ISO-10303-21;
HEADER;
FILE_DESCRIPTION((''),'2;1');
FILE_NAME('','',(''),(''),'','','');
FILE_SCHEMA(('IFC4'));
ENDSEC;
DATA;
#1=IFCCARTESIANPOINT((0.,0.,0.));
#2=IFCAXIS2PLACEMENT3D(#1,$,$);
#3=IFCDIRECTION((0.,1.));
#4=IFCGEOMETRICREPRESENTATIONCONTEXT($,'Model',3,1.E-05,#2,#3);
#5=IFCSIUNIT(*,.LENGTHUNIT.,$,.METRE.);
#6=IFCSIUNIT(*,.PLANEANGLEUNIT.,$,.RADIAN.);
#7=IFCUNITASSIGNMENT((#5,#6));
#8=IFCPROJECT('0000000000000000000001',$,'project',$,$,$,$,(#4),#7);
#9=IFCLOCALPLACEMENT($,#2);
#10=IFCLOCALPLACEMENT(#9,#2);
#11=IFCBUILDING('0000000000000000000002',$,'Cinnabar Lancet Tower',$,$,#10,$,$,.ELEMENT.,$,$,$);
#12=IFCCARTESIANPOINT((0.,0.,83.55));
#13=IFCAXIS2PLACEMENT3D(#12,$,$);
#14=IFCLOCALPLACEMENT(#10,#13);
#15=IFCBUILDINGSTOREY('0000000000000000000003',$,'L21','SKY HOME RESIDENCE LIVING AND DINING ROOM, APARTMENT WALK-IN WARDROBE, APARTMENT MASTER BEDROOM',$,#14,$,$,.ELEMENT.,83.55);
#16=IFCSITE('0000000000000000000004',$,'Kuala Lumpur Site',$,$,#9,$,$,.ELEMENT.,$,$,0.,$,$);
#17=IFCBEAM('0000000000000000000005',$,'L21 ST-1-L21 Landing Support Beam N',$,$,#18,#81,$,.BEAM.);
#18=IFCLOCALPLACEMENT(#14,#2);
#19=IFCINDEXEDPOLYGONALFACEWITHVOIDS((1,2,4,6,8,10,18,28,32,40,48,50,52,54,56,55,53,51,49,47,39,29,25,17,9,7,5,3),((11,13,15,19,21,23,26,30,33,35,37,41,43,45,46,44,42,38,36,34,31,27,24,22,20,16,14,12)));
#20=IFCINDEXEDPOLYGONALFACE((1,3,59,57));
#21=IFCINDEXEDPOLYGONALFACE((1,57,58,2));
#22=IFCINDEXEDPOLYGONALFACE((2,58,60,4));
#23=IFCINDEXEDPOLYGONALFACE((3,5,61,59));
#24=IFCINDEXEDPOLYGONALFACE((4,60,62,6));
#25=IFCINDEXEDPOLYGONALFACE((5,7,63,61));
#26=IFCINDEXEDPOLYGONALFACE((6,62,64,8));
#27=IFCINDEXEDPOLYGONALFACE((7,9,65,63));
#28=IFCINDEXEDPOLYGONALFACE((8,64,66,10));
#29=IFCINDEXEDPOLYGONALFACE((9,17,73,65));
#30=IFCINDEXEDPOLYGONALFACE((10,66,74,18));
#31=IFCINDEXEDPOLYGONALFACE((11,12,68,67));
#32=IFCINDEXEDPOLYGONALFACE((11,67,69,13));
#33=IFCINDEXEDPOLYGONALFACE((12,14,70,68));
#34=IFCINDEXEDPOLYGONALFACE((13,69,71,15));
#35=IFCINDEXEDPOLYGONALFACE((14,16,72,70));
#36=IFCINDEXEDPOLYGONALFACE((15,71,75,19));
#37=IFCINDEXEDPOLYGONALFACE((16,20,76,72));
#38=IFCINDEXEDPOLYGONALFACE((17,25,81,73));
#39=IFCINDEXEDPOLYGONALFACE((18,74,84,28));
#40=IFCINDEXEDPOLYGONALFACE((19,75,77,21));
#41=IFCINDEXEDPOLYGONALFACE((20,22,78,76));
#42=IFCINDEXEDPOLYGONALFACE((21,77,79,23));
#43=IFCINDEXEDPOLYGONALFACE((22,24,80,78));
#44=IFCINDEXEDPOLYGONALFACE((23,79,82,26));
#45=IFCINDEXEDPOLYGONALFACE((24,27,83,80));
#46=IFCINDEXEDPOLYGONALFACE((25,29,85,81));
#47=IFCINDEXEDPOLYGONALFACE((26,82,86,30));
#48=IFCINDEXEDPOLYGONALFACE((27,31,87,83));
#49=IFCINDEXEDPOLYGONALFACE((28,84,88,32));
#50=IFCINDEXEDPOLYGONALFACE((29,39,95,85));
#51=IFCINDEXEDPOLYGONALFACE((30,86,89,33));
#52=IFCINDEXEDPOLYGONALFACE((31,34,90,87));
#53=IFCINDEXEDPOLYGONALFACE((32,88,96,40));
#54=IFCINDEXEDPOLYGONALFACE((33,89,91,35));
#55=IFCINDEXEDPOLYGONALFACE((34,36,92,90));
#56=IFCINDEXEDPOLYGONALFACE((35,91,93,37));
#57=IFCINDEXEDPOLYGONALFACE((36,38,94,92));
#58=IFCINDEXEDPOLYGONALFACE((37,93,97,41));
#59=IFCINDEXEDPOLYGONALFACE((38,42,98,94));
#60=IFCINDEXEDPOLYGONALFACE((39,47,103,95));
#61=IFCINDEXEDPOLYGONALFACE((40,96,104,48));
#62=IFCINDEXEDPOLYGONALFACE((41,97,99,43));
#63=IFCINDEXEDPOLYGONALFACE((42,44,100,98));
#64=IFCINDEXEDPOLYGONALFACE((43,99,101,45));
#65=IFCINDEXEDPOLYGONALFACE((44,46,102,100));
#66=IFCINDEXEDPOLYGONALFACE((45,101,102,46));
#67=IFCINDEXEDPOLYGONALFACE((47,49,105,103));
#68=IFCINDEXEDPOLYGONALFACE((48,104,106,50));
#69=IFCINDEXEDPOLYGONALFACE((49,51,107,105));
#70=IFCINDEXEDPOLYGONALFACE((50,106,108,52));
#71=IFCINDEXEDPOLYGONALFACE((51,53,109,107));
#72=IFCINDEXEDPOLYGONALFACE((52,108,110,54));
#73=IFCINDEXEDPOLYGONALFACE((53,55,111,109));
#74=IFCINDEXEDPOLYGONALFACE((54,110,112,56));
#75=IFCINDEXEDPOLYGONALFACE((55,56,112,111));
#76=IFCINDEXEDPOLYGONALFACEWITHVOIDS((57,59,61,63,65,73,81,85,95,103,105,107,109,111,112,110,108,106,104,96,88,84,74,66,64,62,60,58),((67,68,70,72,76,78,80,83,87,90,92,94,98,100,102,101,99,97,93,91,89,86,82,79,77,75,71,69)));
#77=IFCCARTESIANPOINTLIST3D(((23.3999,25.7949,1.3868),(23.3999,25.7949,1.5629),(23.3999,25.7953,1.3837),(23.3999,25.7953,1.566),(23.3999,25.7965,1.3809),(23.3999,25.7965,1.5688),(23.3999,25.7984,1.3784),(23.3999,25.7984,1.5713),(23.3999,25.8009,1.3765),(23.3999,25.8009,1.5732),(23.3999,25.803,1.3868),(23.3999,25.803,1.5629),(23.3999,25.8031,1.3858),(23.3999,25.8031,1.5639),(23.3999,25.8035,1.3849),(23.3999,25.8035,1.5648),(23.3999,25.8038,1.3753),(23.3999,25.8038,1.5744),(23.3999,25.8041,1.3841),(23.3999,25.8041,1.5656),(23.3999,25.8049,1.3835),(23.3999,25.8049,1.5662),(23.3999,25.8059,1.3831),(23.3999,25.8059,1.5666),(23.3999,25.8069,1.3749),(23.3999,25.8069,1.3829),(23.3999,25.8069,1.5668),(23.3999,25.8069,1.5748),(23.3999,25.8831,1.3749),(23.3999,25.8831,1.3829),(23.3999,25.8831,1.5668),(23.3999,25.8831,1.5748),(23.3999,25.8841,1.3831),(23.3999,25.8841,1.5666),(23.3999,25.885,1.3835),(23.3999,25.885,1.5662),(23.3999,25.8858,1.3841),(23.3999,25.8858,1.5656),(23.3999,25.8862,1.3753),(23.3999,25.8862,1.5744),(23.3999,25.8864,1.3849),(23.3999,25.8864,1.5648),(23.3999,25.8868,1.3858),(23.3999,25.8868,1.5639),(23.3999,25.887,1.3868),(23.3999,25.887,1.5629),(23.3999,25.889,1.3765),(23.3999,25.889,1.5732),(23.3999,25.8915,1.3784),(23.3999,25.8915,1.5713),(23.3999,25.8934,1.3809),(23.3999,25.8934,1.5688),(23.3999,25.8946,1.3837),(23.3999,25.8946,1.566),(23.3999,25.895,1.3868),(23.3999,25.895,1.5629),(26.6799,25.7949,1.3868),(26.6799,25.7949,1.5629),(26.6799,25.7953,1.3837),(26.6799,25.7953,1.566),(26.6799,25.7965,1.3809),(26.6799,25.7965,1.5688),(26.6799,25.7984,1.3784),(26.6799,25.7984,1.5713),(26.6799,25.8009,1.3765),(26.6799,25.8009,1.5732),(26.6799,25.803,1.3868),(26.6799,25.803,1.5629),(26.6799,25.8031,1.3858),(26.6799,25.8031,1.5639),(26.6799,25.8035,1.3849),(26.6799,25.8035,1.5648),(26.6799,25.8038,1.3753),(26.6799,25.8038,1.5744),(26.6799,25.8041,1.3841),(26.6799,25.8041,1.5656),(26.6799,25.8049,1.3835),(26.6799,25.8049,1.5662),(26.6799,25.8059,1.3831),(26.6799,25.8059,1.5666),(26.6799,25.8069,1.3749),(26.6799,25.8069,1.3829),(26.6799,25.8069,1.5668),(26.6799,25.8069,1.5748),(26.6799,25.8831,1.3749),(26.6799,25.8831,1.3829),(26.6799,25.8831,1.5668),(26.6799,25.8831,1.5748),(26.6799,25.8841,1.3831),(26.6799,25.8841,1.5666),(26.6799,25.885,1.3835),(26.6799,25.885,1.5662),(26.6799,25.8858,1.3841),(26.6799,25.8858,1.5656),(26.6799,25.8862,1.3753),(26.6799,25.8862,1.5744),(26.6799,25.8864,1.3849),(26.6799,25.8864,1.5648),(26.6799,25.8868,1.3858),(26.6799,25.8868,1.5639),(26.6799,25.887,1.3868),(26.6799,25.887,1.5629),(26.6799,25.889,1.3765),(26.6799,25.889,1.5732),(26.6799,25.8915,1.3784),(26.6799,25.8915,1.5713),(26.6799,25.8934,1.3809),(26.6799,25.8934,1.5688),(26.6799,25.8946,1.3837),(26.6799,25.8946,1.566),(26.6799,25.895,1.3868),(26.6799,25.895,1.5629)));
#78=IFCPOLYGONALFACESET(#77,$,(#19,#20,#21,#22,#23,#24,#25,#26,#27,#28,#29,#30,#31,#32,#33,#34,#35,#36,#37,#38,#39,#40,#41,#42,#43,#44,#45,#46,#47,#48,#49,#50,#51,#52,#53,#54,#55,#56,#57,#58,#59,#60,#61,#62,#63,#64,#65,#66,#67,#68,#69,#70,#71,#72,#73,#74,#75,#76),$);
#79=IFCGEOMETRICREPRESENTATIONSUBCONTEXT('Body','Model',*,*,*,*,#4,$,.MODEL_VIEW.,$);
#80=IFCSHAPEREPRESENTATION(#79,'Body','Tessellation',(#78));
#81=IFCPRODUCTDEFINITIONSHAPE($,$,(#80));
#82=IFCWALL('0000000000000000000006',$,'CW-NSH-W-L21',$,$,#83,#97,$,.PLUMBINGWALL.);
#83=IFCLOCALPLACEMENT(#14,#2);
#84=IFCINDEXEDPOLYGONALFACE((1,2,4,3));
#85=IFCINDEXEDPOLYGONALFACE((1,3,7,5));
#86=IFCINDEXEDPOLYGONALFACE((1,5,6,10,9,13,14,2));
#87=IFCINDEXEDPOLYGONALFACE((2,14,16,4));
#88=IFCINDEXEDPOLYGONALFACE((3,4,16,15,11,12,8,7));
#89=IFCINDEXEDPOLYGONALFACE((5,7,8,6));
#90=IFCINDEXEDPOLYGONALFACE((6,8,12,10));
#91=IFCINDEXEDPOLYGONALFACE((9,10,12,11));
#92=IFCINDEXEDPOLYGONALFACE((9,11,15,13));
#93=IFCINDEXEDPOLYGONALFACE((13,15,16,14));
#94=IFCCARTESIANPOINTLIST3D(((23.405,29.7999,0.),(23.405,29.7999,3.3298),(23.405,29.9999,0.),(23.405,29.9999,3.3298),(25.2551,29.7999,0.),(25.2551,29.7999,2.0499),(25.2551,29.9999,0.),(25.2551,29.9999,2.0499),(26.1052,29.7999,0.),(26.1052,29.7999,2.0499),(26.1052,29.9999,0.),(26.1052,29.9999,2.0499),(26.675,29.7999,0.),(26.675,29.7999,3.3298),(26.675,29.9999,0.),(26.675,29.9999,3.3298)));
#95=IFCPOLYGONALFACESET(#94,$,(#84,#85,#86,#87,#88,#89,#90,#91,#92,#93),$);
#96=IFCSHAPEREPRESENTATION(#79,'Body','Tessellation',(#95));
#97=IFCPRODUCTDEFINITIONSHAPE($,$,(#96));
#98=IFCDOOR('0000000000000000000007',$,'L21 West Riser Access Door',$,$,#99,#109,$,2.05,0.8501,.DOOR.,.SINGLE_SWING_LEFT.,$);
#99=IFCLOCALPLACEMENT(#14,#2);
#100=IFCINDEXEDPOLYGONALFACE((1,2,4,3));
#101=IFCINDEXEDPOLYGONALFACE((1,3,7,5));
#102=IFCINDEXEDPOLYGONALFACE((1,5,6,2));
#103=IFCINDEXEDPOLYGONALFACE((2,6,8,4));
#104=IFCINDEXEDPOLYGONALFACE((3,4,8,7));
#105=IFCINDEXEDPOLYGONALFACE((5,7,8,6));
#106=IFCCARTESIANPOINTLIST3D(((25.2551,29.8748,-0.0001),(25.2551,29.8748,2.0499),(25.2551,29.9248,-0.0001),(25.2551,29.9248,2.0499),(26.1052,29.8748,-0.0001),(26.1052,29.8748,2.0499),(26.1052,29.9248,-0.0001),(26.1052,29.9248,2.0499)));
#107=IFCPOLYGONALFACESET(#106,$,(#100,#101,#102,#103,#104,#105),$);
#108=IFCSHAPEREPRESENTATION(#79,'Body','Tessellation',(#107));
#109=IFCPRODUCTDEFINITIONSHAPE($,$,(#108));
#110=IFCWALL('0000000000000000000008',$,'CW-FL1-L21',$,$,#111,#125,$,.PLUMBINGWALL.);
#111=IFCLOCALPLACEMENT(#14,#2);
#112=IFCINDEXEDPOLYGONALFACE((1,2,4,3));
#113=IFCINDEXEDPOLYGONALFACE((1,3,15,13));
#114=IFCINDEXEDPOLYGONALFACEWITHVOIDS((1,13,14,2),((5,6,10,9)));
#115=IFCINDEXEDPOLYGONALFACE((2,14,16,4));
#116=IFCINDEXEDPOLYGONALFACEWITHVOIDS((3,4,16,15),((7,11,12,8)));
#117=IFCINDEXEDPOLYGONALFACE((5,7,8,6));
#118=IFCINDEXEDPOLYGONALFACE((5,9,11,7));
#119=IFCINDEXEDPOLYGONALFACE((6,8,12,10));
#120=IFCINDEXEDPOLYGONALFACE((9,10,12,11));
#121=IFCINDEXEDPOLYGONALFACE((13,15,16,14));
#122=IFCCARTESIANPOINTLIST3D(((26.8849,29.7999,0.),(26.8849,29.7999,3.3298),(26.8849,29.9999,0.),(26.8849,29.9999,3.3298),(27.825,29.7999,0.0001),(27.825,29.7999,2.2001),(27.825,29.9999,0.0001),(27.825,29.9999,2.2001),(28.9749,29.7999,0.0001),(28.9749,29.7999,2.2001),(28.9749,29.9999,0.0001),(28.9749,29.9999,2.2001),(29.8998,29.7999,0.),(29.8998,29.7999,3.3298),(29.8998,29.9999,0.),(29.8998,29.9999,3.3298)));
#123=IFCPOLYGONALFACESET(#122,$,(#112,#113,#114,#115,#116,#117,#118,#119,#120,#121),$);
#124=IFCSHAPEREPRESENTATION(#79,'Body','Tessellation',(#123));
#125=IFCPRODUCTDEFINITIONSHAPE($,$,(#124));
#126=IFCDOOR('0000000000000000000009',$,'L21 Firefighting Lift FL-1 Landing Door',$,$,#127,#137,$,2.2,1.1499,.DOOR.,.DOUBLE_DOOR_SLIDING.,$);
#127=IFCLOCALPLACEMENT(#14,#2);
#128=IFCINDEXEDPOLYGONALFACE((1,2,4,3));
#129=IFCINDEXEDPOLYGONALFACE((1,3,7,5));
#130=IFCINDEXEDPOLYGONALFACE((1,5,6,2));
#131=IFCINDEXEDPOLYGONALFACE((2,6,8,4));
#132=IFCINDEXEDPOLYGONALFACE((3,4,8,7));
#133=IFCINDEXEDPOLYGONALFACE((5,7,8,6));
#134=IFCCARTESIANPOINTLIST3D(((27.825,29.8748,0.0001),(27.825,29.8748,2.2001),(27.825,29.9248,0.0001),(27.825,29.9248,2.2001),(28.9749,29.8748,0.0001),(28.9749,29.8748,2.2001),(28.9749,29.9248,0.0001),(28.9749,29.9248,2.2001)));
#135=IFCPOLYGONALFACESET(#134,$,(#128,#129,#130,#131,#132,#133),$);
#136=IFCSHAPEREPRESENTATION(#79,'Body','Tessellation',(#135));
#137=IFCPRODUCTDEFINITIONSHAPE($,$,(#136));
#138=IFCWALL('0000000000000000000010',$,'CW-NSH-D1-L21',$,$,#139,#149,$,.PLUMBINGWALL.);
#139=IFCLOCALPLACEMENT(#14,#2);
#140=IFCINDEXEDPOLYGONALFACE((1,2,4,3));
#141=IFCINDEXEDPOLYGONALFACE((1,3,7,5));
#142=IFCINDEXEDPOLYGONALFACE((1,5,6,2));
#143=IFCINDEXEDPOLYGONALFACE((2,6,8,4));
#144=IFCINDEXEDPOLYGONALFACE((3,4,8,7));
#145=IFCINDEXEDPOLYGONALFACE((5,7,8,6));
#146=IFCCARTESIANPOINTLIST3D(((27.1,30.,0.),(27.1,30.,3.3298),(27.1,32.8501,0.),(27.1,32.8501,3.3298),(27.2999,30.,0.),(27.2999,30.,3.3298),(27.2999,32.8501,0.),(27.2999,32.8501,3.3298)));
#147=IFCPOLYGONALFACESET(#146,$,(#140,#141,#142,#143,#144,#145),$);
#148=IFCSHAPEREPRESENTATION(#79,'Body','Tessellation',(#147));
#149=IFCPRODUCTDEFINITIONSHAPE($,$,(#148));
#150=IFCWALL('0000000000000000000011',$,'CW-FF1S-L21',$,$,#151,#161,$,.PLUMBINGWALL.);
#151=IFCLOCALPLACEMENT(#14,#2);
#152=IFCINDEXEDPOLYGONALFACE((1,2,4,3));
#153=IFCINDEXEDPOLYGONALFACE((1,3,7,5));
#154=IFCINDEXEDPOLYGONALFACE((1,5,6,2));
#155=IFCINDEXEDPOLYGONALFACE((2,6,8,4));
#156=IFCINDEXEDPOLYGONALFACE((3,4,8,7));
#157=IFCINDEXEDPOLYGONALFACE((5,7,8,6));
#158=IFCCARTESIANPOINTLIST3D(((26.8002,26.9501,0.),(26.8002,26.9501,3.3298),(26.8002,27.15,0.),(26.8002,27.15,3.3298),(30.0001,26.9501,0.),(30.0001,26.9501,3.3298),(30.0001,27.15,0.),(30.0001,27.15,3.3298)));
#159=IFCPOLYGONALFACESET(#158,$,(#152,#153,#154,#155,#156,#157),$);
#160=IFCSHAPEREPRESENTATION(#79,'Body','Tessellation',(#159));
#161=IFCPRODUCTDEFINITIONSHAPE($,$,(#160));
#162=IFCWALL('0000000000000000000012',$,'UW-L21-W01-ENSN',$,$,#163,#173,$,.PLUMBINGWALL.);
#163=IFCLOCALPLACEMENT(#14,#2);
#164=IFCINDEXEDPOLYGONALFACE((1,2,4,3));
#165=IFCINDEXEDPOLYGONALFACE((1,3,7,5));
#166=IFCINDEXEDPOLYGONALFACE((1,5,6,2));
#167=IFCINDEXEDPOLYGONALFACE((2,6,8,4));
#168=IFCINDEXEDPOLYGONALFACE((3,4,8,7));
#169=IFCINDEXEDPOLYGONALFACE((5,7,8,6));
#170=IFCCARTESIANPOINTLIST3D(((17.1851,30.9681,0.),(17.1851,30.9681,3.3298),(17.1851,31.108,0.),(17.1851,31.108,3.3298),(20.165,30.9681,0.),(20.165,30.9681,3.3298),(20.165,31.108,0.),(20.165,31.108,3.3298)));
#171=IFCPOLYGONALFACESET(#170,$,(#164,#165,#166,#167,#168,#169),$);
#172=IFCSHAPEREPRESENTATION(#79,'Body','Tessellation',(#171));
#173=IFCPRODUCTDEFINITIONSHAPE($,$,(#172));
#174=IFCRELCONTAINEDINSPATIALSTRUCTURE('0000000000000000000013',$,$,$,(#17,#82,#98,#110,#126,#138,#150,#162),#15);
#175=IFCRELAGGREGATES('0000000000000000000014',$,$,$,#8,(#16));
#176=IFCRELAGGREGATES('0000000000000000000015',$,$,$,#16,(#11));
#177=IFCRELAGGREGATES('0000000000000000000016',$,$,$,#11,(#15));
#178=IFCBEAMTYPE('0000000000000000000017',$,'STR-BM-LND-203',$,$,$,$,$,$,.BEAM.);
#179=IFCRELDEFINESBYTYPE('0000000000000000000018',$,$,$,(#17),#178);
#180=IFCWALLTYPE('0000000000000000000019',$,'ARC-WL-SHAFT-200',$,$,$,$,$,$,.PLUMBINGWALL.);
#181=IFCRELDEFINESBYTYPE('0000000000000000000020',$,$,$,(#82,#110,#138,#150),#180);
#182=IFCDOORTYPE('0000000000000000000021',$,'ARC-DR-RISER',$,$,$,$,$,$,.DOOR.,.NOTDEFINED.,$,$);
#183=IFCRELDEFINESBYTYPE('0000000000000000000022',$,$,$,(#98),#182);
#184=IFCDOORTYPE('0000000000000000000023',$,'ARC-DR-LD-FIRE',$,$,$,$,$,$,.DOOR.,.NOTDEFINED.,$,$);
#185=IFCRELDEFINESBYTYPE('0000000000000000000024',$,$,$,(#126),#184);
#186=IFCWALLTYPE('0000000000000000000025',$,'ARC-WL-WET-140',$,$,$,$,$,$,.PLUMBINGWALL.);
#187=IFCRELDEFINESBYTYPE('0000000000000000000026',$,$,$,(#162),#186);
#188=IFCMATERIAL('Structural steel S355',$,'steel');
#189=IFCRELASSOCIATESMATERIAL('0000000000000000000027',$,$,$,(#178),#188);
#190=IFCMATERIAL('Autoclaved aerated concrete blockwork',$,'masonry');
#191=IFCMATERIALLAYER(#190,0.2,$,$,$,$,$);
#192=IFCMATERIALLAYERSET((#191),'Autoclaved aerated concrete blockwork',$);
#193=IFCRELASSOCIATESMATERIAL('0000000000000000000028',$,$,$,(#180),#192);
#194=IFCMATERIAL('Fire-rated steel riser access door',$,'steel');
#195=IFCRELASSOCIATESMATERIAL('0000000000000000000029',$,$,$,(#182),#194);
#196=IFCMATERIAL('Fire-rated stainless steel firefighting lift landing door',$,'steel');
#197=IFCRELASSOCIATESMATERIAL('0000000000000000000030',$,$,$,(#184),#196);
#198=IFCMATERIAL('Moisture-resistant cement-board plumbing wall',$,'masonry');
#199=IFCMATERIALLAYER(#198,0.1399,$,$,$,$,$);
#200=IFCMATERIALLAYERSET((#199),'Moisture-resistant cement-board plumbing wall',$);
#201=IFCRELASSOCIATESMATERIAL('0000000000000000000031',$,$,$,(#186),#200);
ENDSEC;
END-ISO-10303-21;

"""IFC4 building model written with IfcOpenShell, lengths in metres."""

from ifc_helpers import new_model, si_unit, direction, frame, frame_2d, origin, origin_2d, place, context, subcontext, project, spatial, rectangle, hollow_rectangle, extrude, material, layer, layer_set, material_profile, profile_set, type_object, element, fill, save


model = new_model("IFC4")

# Units and contexts
model_context = context("Model", 3, precision=1e-05, world=origin(), true_north=direction((0.0, 1.0)))
body_context = subcontext(model_context, "Body", "Model", "MODEL_VIEW")
ifc_project = project(units=[si_unit("LENGTHUNIT", "METRE"), si_unit("PLANEANGLEUNIT", "RADIAN")], contexts=[model_context])

# Site, building, storey
site_placement = place(None, origin())
site = spatial("IfcSite", under=ifc_project, at=site_placement, Name="Kuala Lumpur Site", CompositionType="ELEMENT", RefElevation=0.0)
building_placement = place(site_placement, origin())
building = spatial("IfcBuilding", under=site, at=building_placement, Name="Cinnabar Lancet Tower", CompositionType="ELEMENT")
storey_placement = place(building_placement, frame((0.0, 0.0, 83.55)))
storey = spatial("IfcBuildingStorey", under=building, at=storey_placement, Name="L21", Description="SKY HOME RESIDENCE LIVING AND DINING ROOM, APARTMENT WALK-IN WARDROBE, APARTMENT MASTER BEDROOM", CompositionType="ELEMENT", Elevation=83.55)

# Beam
ifc_material_1 = material(Name="Structural steel S355", Category="steel")
ifc_material_profile_1 = material_profile(ifc_material_1, hollow_rectangle(XDim=0.1001, YDim=0.2, WallThickness=0.0081, InnerFilletRadius=0.0039, OuterFilletRadius=0.012, at=origin_2d()), Name="RHS 200x100x8")
ifc_profile_set_1 = profile_set([ifc_material_profile_1], Name="Structural steel S355")
beam_type_1 = type_object("IfcBeamType", Name="STR-BM-LND-203", PredefinedType="BEAM", material=ifc_profile_set_1)
beam_1_placement = place(storey_placement, frame((23.3999, 25.845, 1.4749), z_axis=(1.0, 0.0, 0.0), x_axis=(0.0, 1.0, 0.0)))
element("IfcBeam", 1, at=beam_1_placement, inside=storey, type_object=beam_type_1, Name="L21 ST-1-L21 Landing Support Beam N", PredefinedType="BEAM", context=body_context, shape_type="SweptSolid", body=[
    extrude(hollow_rectangle(XDim=0.1001, YDim=0.2, WallThickness=0.0081, InnerFilletRadius=0.0039, OuterFilletRadius=0.012, at=origin_2d()), origin(), (0.0, 0.0, 1.0), 3.28),
])

# Walls, openings, doors
ifc_material_2 = material(Name="Autoclaved aerated concrete blockwork", Category="masonry")
ifc_layer_1 = layer(ifc_material_2, 0.2)
ifc_layer_set_1 = layer_set([ifc_layer_1], Name="Autoclaved aerated concrete blockwork")
wall_type_1 = type_object("IfcWallType", Name="ARC-WL-SHAFT-200", PredefinedType="PLUMBINGWALL", material=ifc_layer_set_1)
wall_1_placement = place(storey_placement, frame((23.405, 29.8999, 0.0), z_axis=(0.0, 0.0, 1.0), x_axis=(1.0, 0.0, 0.0)))
wall_1 = element("IfcWall", 2, at=wall_1_placement, inside=storey, type_object=wall_type_1, Name="CW-NSH-W-L21", PredefinedType="PLUMBINGWALL", context=body_context, shape_type="SweptSolid", body=[
    extrude(rectangle(XDim=3.27, YDim=0.2, at=frame_2d((1.635, 0.0))), origin(), (0.0, 0.0, 1.0), 3.3298),
])
opening_1_placement = place(wall_1_placement, frame((1.8501, 0.0, 0.0)))
opening_1 = element("IfcOpeningElement", 3, at=opening_1_placement, cuts=wall_1, PredefinedType="OPENING", context=body_context, shape_type="SweptSolid", body=[
    extrude(rectangle(XDim=0.8501, YDim=2.05, at=frame_2d((0.425, 1.0249))), frame((0.0, 0.1099, 0.0), z_axis=(0.0, -1.0, 0.0), x_axis=(1.0, 0.0, 0.0)), (0.0, 0.0, 1.0), 0.22),
])
ifc_material_3 = material(Name="Fire-rated steel riser access door", Category="steel")
door_type_1 = type_object("IfcDoorType", Name="ARC-DR-RISER", OperationType="NOTDEFINED", PredefinedType="DOOR", material=ifc_material_3)
door_1_placement = place(opening_1_placement, origin())
door_1 = element("IfcDoor", 4, at=door_1_placement, inside=storey, type_object=door_type_1, Name="L21 West Riser Access Door", OperationType="SINGLE_SWING_LEFT", OverallHeight=2.05, OverallWidth=0.8501, PredefinedType="DOOR", context=body_context, shape_type="SweptSolid", body=[
    extrude(rectangle(XDim=0.8501, YDim=2.05, at=frame_2d((0.425, 1.0249))), frame((0.0, 0.0249, 0.0), z_axis=(0.0, -1.0, 0.0), x_axis=(1.0, 0.0, 0.0)), (0.0, 0.0, 1.0), 0.05),
])
fill(opening_1, door_1)
wall_2_placement = place(storey_placement, frame((26.885, 29.8999, 0.0), z_axis=(0.0, 0.0, 1.0), x_axis=(1.0, 0.0, 0.0)))
wall_2 = element("IfcWall", 5, at=wall_2_placement, inside=storey, type_object=wall_type_1, Name="CW-FL1-L21", PredefinedType="PLUMBINGWALL", context=body_context, shape_type="SweptSolid", body=[
    extrude(rectangle(XDim=3.0149, YDim=0.2, at=frame_2d((1.5073, 0.0))), origin(), (0.0, 0.0, 1.0), 3.3298),
])
opening_2_placement = place(wall_2_placement, frame((0.9399, 0.0, 0.0)))
opening_2 = element("IfcOpeningElement", 6, at=opening_2_placement, cuts=wall_2, PredefinedType="OPENING", context=body_context, shape_type="SweptSolid", body=[
    extrude(rectangle(XDim=1.1499, YDim=2.2, at=frame_2d((0.575, 1.1001))), frame((0.0, 0.1099, 0.0), z_axis=(0.0, -1.0, 0.0), x_axis=(1.0, 0.0, 0.0)), (0.0, 0.0, 1.0), 0.22),
])
ifc_material_4 = material(Name="Fire-rated stainless steel firefighting lift landing door", Category="steel")
door_type_2 = type_object("IfcDoorType", Name="ARC-DR-LD-FIRE", OperationType="NOTDEFINED", PredefinedType="DOOR", material=ifc_material_4)
door_2_placement = place(opening_2_placement, origin())
door_2 = element("IfcDoor", 7, at=door_2_placement, inside=storey, type_object=door_type_2, Name="L21 Firefighting Lift FL-1 Landing Door", OperationType="DOUBLE_DOOR_SLIDING", OverallHeight=2.2, OverallWidth=1.1499, PredefinedType="DOOR", context=body_context, shape_type="SweptSolid", body=[
    extrude(rectangle(XDim=1.1499, YDim=2.2, at=frame_2d((0.575, 1.1001))), frame((0.0, 0.0249, 0.0), z_axis=(0.0, -1.0, 0.0), x_axis=(1.0, 0.0, 0.0)), (0.0, 0.0, 1.0), 0.05),
])
fill(opening_2, door_2)

# Walls
wall_3_placement = place(storey_placement, frame((27.2, 30.0, 0.0), z_axis=(0.0, 0.0, 1.0), x_axis=(0.0, 1.0, 0.0)))
element("IfcWall", 8, at=wall_3_placement, inside=storey, type_object=wall_type_1, Name="CW-NSH-D1-L21", PredefinedType="PLUMBINGWALL", context=body_context, shape_type="SweptSolid", body=[
    extrude(rectangle(XDim=2.8501, YDim=0.2, at=frame_2d((1.425, 0.0))), origin(), (0.0, 0.0, 1.0), 3.3298),
])
wall_4_placement = place(storey_placement, frame((26.8, 27.05, 0.0), z_axis=(0.0, 0.0, 1.0), x_axis=(1.0, 0.0, 0.0)))
element("IfcWall", 9, at=wall_4_placement, inside=storey, type_object=wall_type_1, Name="CW-FF1S-L21", PredefinedType="PLUMBINGWALL", context=body_context, shape_type="SweptSolid", body=[
    extrude(rectangle(XDim=3.2, YDim=0.2, at=frame_2d((1.6001, 0.0))), origin(), (0.0, 0.0, 1.0), 3.3298),
])
ifc_material_5 = material(Name="Moisture-resistant cement-board plumbing wall", Category="masonry")
ifc_layer_2 = layer(ifc_material_5, 0.1399)
ifc_layer_set_2 = layer_set([ifc_layer_2], Name="Moisture-resistant cement-board plumbing wall")
wall_type_2 = type_object("IfcWallType", Name="ARC-WL-WET-140", PredefinedType="PLUMBINGWALL", material=ifc_layer_set_2)
wall_5_placement = place(storey_placement, frame((17.1851, 31.0381, 0.0), z_axis=(0.0, 0.0, 1.0), x_axis=(1.0, 0.0, 0.0)))
element("IfcWall", 10, at=wall_5_placement, inside=storey, type_object=wall_type_2, Name="UW-L21-W01-ENSN", PredefinedType="PLUMBINGWALL", context=body_context, shape_type="SweptSolid", body=[
    extrude(rectangle(XDim=2.98, YDim=0.1399, at=frame_2d((1.49, 0.0))), origin(), (0.0, 0.0, 1.0), 3.3298),
])

save(model, "model.ifc")
